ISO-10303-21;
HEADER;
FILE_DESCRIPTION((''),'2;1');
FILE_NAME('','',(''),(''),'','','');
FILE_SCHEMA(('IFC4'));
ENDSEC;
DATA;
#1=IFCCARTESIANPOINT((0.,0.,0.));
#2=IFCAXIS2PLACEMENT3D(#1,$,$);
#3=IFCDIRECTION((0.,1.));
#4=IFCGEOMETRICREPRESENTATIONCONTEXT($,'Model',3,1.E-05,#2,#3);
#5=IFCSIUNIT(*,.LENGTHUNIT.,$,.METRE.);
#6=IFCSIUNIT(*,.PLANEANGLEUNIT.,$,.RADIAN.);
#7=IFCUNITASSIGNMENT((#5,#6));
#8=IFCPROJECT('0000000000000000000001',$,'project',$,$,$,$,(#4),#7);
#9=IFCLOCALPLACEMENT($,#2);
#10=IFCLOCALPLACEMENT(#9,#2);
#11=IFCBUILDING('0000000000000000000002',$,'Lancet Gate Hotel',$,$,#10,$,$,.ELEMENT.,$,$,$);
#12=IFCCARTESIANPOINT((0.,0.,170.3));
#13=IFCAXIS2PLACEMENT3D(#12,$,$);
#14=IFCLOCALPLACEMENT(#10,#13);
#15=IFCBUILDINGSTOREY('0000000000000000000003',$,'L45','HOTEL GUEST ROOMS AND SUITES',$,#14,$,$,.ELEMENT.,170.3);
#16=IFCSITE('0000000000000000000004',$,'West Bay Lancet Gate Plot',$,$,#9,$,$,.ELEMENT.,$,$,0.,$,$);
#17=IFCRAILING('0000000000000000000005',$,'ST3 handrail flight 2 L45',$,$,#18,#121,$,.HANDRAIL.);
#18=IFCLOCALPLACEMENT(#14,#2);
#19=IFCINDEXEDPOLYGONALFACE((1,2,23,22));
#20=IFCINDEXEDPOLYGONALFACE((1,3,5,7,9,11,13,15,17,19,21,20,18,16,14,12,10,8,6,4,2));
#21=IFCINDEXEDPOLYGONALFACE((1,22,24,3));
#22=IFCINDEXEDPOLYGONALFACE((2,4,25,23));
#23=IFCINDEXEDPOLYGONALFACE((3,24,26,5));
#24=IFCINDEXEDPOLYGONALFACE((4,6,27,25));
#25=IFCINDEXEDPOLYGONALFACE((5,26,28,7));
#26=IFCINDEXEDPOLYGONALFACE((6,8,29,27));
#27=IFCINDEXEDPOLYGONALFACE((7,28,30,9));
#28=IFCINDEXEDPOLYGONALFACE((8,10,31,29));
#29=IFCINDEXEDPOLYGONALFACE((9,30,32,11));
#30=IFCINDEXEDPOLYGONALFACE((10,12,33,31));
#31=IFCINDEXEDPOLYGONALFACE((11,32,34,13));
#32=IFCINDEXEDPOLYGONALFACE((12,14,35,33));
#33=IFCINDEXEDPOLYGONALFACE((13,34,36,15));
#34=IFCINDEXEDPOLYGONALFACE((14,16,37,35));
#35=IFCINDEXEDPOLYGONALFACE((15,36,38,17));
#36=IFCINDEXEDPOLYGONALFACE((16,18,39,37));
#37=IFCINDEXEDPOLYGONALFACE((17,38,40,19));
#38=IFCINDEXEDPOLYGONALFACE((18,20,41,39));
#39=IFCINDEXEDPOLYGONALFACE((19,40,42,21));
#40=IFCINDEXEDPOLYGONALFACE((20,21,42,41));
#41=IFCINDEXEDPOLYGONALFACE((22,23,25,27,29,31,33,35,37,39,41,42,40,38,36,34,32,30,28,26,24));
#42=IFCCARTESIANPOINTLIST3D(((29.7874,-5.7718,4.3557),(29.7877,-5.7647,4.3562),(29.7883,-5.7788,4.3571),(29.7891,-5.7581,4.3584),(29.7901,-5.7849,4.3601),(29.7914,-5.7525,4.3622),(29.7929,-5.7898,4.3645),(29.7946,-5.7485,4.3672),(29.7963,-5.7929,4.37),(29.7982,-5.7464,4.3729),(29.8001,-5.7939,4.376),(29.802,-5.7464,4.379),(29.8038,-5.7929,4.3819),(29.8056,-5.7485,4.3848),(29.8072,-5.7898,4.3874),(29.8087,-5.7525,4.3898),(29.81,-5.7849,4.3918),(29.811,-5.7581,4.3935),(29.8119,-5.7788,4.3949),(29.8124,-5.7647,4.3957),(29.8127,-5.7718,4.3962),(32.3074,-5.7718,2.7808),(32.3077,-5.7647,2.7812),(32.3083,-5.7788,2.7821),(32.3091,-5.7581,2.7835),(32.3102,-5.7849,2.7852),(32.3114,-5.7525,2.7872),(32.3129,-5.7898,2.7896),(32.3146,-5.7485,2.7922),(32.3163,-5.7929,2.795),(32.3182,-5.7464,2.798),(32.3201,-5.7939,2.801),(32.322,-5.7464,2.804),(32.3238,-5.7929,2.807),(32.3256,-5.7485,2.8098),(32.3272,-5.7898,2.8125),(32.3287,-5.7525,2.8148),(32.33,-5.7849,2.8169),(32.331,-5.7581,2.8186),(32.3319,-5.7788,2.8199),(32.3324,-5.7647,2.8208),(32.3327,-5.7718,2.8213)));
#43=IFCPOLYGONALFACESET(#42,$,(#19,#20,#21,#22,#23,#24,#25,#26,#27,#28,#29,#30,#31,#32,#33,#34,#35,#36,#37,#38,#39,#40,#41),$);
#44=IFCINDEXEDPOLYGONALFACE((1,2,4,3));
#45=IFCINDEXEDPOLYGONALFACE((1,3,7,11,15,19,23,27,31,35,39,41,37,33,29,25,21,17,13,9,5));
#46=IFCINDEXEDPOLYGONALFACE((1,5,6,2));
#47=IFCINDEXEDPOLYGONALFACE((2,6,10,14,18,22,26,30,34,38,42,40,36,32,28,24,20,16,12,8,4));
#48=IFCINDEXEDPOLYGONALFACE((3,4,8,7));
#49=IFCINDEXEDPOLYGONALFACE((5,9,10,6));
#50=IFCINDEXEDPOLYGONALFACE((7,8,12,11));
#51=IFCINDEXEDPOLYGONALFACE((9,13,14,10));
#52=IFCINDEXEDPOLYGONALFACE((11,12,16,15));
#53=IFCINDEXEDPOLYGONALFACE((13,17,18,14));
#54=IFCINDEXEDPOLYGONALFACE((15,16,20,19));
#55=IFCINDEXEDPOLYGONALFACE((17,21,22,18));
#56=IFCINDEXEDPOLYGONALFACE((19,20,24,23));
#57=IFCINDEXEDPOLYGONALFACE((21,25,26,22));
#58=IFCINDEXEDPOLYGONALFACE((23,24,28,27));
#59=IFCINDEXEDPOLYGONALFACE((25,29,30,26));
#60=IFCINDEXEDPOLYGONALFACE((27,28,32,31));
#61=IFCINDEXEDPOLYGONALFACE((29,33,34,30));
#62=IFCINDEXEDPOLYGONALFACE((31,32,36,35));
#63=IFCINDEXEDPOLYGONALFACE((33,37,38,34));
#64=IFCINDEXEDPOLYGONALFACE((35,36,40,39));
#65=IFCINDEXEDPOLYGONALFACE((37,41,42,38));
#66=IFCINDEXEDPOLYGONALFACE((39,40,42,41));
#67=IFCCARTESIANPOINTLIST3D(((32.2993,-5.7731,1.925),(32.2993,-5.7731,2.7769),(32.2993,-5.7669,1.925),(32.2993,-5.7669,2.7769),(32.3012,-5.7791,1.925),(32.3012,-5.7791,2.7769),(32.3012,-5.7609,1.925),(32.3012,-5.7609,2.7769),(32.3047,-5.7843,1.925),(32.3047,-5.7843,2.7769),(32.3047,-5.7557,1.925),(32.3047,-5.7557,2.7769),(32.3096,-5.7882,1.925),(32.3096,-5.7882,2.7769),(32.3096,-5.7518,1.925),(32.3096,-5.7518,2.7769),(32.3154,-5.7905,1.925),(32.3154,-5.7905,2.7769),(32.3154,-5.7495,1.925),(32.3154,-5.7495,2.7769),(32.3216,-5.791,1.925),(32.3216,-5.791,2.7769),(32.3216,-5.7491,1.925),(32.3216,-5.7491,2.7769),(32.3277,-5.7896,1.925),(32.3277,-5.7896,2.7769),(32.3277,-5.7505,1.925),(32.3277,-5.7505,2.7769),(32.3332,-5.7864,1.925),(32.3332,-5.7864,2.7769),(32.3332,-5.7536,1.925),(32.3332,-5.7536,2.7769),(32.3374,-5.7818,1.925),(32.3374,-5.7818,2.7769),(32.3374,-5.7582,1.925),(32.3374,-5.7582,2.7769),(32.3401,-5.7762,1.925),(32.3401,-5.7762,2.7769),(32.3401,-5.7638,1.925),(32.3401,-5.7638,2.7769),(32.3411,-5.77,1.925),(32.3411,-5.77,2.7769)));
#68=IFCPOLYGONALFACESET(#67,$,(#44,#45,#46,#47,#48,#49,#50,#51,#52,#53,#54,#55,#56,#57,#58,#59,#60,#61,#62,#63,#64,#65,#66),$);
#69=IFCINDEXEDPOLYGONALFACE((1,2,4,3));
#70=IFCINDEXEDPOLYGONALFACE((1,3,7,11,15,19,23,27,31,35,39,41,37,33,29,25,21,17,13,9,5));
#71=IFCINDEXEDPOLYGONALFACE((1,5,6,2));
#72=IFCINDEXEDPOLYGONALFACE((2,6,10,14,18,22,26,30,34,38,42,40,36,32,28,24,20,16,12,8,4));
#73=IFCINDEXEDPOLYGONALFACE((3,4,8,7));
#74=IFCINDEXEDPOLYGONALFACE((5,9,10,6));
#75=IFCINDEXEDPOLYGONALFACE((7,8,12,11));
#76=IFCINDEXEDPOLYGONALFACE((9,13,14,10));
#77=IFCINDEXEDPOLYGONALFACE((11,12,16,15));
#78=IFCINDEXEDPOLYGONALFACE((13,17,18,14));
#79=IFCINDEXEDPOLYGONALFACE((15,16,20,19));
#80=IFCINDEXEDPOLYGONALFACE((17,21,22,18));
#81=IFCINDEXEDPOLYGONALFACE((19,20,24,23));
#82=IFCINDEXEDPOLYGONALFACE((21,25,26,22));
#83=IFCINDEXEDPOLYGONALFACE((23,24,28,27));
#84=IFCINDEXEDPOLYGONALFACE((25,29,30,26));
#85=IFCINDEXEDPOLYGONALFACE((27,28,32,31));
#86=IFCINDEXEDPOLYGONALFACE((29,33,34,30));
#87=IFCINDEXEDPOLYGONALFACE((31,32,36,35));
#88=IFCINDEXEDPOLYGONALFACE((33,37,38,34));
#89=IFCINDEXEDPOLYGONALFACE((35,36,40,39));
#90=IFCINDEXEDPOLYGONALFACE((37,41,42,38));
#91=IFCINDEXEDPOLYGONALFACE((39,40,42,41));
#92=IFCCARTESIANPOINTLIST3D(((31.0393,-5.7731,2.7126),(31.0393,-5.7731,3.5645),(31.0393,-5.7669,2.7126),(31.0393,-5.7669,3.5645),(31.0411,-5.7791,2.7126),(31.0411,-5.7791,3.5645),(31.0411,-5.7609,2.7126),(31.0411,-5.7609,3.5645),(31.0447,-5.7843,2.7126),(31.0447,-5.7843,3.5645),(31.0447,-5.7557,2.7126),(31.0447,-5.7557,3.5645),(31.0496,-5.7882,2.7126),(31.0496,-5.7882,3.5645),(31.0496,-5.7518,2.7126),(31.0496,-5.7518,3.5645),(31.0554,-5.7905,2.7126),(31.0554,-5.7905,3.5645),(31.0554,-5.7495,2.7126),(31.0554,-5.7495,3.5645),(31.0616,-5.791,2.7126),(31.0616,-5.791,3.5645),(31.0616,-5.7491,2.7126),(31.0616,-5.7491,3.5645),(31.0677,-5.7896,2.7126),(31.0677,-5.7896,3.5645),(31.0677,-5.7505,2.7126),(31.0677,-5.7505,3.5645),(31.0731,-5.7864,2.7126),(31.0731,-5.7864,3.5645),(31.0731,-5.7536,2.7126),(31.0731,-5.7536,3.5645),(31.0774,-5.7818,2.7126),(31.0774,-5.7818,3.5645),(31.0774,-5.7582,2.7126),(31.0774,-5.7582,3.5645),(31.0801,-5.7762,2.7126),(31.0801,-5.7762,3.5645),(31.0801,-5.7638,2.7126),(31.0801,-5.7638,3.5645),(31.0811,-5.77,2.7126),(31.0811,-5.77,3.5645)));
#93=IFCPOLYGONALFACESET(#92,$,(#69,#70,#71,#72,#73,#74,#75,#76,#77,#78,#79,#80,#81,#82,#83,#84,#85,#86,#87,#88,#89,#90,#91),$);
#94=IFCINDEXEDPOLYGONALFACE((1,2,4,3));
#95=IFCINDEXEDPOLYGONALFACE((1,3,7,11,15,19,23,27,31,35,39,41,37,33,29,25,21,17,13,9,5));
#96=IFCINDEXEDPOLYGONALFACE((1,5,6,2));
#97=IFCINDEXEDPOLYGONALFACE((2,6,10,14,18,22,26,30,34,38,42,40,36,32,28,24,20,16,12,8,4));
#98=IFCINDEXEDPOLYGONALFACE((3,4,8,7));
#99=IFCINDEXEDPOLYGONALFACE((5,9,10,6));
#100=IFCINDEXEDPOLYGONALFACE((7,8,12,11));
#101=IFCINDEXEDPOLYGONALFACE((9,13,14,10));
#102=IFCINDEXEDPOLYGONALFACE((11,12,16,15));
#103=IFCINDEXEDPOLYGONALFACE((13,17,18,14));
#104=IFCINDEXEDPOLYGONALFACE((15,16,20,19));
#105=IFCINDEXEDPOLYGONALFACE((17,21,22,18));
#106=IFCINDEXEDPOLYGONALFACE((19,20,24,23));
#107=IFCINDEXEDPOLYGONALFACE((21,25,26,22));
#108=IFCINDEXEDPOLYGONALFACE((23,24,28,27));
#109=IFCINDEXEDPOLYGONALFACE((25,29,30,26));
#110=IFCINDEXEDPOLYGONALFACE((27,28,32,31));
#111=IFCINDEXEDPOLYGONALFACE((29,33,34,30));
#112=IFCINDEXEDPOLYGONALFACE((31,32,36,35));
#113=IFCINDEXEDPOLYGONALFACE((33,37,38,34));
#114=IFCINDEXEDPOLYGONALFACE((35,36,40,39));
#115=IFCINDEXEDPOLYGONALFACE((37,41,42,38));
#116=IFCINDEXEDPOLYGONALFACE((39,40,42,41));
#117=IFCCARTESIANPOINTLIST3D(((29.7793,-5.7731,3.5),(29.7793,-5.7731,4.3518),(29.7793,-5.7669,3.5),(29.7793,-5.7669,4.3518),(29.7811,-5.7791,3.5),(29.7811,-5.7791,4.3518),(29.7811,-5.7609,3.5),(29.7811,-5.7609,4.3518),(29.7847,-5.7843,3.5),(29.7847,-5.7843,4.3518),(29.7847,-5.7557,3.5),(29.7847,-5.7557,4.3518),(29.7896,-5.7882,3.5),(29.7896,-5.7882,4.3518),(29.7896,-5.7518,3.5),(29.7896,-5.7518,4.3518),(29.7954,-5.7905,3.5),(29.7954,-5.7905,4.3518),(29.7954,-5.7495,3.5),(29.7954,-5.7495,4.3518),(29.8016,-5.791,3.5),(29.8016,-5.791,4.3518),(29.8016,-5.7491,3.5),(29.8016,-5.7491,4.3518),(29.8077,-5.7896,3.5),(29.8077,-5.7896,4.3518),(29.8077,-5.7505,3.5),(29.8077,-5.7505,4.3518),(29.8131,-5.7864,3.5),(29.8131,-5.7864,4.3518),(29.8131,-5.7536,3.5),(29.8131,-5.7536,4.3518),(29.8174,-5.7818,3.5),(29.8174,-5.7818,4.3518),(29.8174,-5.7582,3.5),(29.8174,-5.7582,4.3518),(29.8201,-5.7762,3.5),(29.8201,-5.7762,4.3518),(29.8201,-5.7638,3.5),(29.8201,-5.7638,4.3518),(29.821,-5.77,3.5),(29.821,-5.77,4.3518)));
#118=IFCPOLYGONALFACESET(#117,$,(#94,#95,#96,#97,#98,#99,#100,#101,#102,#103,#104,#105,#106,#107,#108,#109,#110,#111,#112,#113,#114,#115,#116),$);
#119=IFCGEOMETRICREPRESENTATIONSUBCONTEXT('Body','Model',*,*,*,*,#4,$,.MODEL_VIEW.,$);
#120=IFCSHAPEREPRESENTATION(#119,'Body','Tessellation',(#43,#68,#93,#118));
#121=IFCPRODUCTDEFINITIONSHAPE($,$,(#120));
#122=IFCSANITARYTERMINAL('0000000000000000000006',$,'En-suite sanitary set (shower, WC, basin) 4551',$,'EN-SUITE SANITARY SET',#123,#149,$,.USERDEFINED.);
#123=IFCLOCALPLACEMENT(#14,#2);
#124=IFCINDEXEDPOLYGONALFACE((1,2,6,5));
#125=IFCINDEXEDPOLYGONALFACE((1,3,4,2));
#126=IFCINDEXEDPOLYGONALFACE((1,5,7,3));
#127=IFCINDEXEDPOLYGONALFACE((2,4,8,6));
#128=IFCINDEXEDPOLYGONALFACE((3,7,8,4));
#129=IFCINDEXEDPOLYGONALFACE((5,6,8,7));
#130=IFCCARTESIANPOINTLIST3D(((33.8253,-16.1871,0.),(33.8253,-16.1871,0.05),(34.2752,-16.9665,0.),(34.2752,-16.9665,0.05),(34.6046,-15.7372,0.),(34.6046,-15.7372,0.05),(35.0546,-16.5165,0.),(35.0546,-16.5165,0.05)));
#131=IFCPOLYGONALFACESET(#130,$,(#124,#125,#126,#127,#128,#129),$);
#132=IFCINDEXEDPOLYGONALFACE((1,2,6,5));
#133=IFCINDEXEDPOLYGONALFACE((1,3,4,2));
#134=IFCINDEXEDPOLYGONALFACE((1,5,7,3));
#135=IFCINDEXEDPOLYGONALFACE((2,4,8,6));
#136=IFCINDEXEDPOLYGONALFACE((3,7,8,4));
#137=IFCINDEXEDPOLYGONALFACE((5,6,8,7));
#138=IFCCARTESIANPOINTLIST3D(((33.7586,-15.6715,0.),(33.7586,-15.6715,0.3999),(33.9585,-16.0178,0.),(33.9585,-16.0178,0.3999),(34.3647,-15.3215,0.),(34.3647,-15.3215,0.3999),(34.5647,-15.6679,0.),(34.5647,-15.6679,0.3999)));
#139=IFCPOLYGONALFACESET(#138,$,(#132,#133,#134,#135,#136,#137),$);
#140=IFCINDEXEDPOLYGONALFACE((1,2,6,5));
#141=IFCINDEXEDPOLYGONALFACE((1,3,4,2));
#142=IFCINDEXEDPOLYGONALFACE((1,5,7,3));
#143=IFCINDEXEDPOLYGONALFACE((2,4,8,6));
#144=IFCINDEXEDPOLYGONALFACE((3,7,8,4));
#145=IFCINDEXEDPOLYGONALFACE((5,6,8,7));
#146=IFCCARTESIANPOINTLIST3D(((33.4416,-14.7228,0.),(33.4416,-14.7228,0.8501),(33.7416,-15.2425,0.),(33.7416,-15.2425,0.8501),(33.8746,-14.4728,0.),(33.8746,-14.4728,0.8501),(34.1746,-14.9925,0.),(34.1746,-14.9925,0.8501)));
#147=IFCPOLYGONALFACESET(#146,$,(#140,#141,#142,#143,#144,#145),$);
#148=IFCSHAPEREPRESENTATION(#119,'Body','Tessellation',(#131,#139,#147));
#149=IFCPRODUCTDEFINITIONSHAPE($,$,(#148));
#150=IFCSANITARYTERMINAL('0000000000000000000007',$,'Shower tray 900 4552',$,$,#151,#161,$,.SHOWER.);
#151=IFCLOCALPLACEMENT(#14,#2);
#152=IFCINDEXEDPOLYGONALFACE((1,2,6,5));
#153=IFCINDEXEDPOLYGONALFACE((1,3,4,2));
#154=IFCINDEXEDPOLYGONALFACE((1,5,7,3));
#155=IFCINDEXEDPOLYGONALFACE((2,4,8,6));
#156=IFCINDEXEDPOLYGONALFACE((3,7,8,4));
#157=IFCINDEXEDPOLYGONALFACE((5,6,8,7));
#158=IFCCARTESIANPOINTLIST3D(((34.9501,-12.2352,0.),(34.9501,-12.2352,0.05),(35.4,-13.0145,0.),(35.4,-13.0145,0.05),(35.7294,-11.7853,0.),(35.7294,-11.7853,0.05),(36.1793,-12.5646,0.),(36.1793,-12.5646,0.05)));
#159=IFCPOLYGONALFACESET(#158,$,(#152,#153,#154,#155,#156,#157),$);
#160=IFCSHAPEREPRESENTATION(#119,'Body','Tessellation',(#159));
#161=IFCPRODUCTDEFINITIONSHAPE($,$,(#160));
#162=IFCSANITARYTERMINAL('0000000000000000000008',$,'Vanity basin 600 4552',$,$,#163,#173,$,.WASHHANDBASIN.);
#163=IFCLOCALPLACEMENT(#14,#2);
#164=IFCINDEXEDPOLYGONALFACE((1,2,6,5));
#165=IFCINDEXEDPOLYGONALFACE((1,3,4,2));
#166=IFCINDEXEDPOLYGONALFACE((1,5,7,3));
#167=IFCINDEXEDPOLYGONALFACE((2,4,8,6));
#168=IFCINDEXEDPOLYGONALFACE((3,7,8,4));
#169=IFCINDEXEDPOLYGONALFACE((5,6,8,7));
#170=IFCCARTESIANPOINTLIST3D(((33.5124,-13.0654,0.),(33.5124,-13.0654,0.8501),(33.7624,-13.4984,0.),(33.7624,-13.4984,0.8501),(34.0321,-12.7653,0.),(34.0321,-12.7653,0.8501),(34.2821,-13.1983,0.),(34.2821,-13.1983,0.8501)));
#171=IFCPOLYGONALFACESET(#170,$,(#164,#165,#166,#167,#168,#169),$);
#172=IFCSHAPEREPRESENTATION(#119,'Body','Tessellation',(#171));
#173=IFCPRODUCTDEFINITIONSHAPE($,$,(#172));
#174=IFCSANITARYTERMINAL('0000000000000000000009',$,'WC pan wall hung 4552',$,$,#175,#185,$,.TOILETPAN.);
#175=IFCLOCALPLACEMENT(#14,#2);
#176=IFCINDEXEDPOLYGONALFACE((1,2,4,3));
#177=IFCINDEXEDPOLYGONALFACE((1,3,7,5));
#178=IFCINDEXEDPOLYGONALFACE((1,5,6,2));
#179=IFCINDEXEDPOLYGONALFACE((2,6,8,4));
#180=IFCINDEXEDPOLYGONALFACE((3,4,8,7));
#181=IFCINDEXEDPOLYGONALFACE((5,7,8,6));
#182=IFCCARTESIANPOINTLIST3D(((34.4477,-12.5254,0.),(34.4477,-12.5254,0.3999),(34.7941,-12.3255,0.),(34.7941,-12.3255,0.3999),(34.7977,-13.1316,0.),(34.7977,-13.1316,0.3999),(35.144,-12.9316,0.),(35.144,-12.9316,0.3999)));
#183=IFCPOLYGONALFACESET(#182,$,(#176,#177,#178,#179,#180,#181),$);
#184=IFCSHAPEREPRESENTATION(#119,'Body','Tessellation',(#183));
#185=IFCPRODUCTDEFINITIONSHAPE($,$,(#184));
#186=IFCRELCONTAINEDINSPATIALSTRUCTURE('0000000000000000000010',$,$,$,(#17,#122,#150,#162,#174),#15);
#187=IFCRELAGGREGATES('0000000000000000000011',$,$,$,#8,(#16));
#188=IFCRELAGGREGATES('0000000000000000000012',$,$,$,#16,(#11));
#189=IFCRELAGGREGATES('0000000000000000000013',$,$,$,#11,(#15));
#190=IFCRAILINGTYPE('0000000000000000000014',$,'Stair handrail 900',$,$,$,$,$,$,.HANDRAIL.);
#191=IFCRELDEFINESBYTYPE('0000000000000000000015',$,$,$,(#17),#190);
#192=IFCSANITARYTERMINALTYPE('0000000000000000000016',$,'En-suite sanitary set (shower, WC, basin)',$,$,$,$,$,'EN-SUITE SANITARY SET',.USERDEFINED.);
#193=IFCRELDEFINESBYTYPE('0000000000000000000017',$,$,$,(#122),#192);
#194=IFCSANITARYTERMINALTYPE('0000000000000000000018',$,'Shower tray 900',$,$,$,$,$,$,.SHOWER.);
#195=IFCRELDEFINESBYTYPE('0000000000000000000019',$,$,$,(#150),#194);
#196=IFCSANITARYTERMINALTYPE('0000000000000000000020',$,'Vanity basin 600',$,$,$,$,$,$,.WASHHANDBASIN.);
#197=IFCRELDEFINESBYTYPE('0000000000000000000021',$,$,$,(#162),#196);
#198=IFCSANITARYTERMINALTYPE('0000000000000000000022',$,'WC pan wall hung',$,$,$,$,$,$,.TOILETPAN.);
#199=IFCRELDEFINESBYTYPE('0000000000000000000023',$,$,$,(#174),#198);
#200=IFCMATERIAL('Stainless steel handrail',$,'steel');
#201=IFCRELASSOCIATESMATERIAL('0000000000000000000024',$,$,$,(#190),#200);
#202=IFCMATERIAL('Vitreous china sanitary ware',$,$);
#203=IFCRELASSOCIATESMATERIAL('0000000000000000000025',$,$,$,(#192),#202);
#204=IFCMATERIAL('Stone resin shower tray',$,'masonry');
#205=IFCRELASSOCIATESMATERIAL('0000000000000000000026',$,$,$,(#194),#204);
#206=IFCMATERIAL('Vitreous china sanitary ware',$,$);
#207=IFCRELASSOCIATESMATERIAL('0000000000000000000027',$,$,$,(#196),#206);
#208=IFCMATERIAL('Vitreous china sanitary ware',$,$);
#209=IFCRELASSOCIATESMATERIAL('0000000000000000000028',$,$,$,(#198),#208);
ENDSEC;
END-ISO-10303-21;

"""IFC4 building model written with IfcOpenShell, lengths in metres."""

from ifc_helpers import new_model, si_unit, direction, frame, origin, origin_2d, place, context, subcontext, project, spatial, rectangle, circle, extrude, material, type_object, element, save


model = new_model("IFC4")

# Units and contexts
model_context = context("Model", 3, precision=1e-05, world=origin(), true_north=direction((0.0, 1.0)))
body_context = subcontext(model_context, "Body", "Model", "MODEL_VIEW")
ifc_project = project(units=[si_unit("LENGTHUNIT", "METRE"), si_unit("PLANEANGLEUNIT", "RADIAN")], contexts=[model_context])

# Site, building, storey
site_placement = place(None, origin())
site = spatial("IfcSite", under=ifc_project, at=site_placement, Name="West Bay Lancet Gate Plot", CompositionType="ELEMENT", RefElevation=0.0)
building_placement = place(site_placement, origin())
building = spatial("IfcBuilding", under=site, at=building_placement, Name="Lancet Gate Hotel", CompositionType="ELEMENT")
storey_placement = place(building_placement, frame((0.0, 0.0, 170.3)))
storey = spatial("IfcBuildingStorey", under=building, at=storey_placement, Name="L45", Description="HOTEL GUEST ROOMS AND SUITES", CompositionType="ELEMENT", Elevation=170.3)

# Railing
ifc_material_1 = material(Name="Stainless steel handrail", Category="steel")
railing_type = type_object("IfcRailingType", Name="Stair handrail 900", PredefinedType="HANDRAIL", material=ifc_material_1)
railing_placement = place(storey_placement, frame((32.3201, -5.77, 1.925)))
element("IfcRailing", 1, at=railing_placement, inside=storey, type_object=railing_type, Name="ST3 handrail flight 2 L45", PredefinedType="HANDRAIL", context=body_context, shape_type="SweptSolid", body=[
    extrude(circle(Radius=0.0239, at=origin_2d()), frame((0.0, 0.0, 0.876), z_axis=(-0.848008, 0.0, 0.529984), x_axis=(0.0, -1.0, 0.0)), (0.0, 0.0, 1.0), 2.9717),
    extrude(circle(Radius=0.021, at=origin_2d()), origin(), (0.0, 0.0, 1.0), 0.8518),
    extrude(circle(Radius=0.021, at=origin_2d()), frame((-1.26, 0.0, 0.7876)), (0.0, 0.0, 1.0), 0.8518),
    extrude(circle(Radius=0.021, at=origin_2d()), frame((-2.52, 0.0, 1.575)), (0.0, 0.0, 1.0), 0.8518),
])

# Sanitary terminals
ifc_material_2 = material(Name="Vitreous china sanitary ware")
sanitary_terminal_type_1 = type_object("IfcSanitaryTerminalType", Name="En-suite sanitary set (shower, WC, basin)", ElementType="EN-SUITE SANITARY SET", PredefinedType="USERDEFINED", material=ifc_material_2)
sanitary_terminal_1_placement = place(storey_placement, frame((34.4399, -16.3518, 0.0), z_axis=(0.0, 0.0, 1.0), x_axis=(1.0, 0.0, 0.0)))
element("IfcSanitaryTerminal", 2, at=sanitary_terminal_1_placement, inside=storey, type_object=sanitary_terminal_type_1, Name="En-suite sanitary set (shower, WC, basin) 4551", ObjectType="EN-SUITE SANITARY SET", PredefinedType="USERDEFINED", context=body_context, shape_type="SweptSolid", body=[
    extrude(rectangle(XDim=0.8999, YDim=0.8999, at=origin_2d()), frame((0.0, 0.0, 0.0), z_axis=(0.0, 0.0, 1.0), x_axis=(0.5, -0.866025, 0.0)), (0.0, 0.0, 1.0), 0.05),
    extrude(rectangle(XDim=0.3999, YDim=0.7, at=origin_2d()), frame((-0.2783, 0.6821, 0.0), z_axis=(0.0, 0.0, 1.0), x_axis=(0.5, -0.866025, 0.0)), (0.0, 0.0, 1.0), 0.3999),
    extrude(rectangle(XDim=0.6001, YDim=0.5, at=origin_2d()), frame((-0.6318, 1.4941, 0.0), z_axis=(0.0, 0.0, 1.0), x_axis=(0.5, -0.866025, 0.0)), (0.0, 0.0, 1.0), 0.8501),
])
ifc_material_3 = material(Name="Stone resin shower tray", Category="masonry")
sanitary_terminal_type_2 = type_object("IfcSanitaryTerminalType", Name="Shower tray 900", PredefinedType="SHOWER", material=ifc_material_3)
sanitary_terminal_2_placement = place(storey_placement, frame((35.5647, -12.3999, 0.0), z_axis=(0.0, 0.0, 1.0), x_axis=(0.866025, 0.5, 0.0)))
element("IfcSanitaryTerminal", 3, at=sanitary_terminal_2_placement, inside=storey, type_object=sanitary_terminal_type_2, Name="Shower tray 900 4552", PredefinedType="SHOWER", context=body_context, shape_type="SweptSolid", body=[
    extrude(rectangle(XDim=0.8999, YDim=0.8999, at=origin_2d()), origin(), (0.0, 0.0, 1.0), 0.05),
])
ifc_material_4 = material(Name="Vitreous china sanitary ware")
sanitary_terminal_type_3 = type_object("IfcSanitaryTerminalType", Name="Vanity basin 600", PredefinedType="WASHHANDBASIN", material=ifc_material_4)
sanitary_terminal_3_placement = place(storey_placement, frame((33.8972, -13.1318, 0.0), z_axis=(0.0, 0.0, 1.0), x_axis=(0.866025, 0.5, 0.0)))
element("IfcSanitaryTerminal", 4, at=sanitary_terminal_3_placement, inside=storey, type_object=sanitary_terminal_type_3, Name="Vanity basin 600 4552", PredefinedType="WASHHANDBASIN", context=body_context, shape_type="SweptSolid", body=[
    extrude(rectangle(XDim=0.6001, YDim=0.5, at=origin_2d()), origin(), (0.0, 0.0, 1.0), 0.8501),
])
ifc_material_5 = material(Name="Vitreous china sanitary ware")
sanitary_terminal_type_4 = type_object("IfcSanitaryTerminalType", Name="WC pan wall hung", PredefinedType="TOILETPAN", material=ifc_material_5)
sanitary_terminal_4_placement = place(storey_placement, frame((34.7959, -12.7285, 0.0), z_axis=(0.0, 0.0, 1.0), x_axis=(0.866025, 0.5, 0.0)))
element("IfcSanitaryTerminal", 5, at=sanitary_terminal_4_placement, inside=storey, type_object=sanitary_terminal_type_4, Name="WC pan wall hung 4552", PredefinedType="TOILETPAN", context=body_context, shape_type="SweptSolid", body=[
    extrude(rectangle(XDim=0.3999, YDim=0.7, at=origin_2d()), origin(), (0.0, 0.0, 1.0), 0.3999),
])

save(model, "model.ifc")
